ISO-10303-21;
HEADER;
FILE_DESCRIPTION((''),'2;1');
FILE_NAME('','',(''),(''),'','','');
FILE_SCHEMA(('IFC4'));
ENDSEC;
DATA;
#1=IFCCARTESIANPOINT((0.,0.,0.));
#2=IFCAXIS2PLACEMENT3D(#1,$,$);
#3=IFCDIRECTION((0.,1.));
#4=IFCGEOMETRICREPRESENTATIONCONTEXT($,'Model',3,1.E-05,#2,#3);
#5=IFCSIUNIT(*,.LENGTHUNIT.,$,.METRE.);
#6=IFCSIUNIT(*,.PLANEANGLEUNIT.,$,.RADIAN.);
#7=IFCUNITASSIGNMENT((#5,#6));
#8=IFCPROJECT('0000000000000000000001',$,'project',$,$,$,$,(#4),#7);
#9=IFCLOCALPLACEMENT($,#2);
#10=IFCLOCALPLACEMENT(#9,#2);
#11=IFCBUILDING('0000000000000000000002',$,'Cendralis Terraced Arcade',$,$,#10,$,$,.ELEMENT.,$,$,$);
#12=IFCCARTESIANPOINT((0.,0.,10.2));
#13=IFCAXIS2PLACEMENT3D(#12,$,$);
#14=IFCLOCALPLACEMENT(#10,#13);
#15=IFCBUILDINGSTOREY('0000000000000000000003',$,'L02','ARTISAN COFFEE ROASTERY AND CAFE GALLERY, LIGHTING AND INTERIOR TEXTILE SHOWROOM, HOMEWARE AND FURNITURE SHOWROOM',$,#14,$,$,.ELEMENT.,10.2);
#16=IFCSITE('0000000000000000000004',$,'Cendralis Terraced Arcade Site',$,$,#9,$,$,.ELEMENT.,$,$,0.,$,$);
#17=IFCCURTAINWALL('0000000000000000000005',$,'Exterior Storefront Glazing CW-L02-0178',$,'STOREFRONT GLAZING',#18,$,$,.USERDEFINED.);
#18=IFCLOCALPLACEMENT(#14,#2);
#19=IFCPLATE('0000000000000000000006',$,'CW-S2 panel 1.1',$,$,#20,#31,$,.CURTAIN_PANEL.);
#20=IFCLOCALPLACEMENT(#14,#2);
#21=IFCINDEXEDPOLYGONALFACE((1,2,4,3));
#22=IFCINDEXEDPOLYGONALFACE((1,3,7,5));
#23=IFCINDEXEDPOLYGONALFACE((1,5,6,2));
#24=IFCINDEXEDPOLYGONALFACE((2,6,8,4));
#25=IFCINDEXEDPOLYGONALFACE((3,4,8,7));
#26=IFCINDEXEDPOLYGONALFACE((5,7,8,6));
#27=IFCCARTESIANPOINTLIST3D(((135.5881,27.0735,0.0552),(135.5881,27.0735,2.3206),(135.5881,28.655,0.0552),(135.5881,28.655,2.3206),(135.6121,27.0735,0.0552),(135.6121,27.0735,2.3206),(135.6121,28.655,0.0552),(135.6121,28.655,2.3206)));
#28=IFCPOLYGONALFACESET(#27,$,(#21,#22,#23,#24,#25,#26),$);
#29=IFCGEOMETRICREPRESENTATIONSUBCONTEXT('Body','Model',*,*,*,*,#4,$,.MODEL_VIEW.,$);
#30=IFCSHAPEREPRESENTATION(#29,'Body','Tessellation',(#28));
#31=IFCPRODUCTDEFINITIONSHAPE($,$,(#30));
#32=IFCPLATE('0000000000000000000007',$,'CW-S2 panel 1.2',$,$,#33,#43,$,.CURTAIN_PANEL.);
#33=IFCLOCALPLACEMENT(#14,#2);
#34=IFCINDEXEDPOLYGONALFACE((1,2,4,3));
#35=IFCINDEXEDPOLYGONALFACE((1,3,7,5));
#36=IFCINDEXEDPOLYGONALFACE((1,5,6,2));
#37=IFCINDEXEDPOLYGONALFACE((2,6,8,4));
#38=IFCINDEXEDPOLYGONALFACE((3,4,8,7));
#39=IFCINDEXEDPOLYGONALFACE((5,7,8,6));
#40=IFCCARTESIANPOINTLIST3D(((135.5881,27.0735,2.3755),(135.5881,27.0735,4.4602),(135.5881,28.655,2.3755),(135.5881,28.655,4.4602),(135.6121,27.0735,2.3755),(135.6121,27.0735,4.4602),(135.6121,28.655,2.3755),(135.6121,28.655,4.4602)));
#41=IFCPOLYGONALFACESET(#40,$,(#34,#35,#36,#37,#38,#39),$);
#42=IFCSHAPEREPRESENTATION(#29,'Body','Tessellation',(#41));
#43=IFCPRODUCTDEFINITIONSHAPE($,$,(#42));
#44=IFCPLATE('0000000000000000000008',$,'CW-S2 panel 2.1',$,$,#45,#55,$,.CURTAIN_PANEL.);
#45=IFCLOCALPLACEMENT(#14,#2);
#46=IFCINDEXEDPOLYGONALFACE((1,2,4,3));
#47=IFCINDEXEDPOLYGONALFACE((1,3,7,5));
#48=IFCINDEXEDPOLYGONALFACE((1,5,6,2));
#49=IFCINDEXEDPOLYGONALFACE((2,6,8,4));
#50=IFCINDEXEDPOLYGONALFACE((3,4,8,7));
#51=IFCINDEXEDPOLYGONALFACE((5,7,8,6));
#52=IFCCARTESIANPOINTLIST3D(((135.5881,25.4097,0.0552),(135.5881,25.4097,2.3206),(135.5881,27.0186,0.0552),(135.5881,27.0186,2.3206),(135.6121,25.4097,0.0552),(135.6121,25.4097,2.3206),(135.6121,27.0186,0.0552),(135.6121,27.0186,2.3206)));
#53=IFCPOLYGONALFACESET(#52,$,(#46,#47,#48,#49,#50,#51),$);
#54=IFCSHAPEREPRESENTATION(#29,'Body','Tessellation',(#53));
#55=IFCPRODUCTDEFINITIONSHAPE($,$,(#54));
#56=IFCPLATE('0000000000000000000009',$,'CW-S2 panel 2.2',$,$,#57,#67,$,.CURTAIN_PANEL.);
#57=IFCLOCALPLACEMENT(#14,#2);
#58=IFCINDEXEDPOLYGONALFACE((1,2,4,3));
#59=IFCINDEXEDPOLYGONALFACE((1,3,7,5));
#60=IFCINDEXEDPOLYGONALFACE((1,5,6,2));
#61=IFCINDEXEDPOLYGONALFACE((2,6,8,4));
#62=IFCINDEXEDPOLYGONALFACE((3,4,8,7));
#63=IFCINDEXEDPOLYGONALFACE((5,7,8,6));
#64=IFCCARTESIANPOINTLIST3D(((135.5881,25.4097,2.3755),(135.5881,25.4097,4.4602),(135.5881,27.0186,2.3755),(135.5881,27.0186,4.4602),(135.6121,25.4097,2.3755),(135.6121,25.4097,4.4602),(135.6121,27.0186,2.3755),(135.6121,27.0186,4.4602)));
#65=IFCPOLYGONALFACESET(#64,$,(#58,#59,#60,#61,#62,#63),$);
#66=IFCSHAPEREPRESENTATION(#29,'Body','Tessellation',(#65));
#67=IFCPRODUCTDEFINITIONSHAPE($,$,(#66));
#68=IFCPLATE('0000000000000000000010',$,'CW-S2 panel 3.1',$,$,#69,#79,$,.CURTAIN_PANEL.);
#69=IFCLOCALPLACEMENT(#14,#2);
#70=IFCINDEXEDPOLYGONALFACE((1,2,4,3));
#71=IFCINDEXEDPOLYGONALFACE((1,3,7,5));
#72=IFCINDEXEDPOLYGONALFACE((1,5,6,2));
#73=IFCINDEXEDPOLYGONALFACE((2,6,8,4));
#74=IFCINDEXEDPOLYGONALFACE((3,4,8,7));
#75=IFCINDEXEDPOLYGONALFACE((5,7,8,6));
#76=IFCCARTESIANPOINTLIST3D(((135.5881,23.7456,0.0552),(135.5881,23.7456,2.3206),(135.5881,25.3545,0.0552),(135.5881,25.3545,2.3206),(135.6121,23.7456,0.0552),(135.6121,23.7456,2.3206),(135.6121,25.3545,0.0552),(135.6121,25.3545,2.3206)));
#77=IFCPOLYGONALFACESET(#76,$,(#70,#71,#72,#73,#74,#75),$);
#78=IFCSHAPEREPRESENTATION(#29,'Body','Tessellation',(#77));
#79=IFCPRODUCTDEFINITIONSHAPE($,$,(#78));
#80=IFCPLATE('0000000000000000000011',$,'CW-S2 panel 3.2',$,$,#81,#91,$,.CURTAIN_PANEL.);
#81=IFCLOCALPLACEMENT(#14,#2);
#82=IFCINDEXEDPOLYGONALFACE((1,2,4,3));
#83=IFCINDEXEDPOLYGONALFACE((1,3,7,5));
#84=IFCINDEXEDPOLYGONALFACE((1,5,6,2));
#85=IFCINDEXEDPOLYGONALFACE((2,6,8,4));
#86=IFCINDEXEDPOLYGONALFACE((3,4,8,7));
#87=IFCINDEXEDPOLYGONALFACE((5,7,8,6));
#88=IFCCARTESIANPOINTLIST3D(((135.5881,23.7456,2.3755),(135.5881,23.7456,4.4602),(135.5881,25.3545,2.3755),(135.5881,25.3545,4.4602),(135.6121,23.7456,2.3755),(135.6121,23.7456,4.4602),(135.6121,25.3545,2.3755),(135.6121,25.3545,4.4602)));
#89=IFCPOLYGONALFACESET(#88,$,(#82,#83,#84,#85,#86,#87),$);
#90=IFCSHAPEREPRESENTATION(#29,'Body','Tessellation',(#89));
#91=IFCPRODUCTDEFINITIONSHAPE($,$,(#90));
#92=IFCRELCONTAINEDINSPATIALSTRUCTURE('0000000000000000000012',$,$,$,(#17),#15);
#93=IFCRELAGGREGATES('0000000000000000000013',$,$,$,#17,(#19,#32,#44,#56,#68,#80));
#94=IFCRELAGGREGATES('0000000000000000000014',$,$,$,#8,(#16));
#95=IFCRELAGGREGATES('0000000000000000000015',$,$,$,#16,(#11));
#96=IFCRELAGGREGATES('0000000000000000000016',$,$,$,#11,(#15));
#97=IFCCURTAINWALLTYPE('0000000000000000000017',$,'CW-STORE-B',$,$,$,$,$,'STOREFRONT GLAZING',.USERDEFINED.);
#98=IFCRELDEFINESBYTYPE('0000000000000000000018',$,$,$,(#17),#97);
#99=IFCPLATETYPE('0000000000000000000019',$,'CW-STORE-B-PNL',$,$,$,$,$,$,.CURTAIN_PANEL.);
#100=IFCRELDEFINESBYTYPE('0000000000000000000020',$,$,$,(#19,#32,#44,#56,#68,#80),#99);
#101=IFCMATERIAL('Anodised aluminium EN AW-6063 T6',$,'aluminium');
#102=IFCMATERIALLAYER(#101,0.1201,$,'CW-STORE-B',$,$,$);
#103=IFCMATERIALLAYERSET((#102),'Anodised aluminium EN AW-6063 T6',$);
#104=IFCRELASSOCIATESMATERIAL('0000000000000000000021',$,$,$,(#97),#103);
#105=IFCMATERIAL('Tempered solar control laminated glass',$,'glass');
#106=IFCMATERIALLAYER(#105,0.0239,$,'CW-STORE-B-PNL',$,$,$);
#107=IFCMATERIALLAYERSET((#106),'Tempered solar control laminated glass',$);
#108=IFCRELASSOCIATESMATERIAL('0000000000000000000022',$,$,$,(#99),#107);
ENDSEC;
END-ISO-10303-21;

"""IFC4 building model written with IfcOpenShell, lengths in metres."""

from ifc_helpers import new_model, si_unit, direction, frame, origin, origin_2d, place, context, subcontext, project, spatial, rectangle, extrude, material, layer, layer_set, type_object, element, aggregate, save


model = new_model("IFC4")

# Units and contexts
model_context = context("Model", 3, precision=1e-05, world=origin(), true_north=direction((0.0, 1.0)))
body_context = subcontext(model_context, "Body", "Model", "MODEL_VIEW")
ifc_project = project(units=[si_unit("LENGTHUNIT", "METRE"), si_unit("PLANEANGLEUNIT", "RADIAN")], contexts=[model_context])

# Site, building, storey
site_placement = place(None, origin())
site = spatial("IfcSite", under=ifc_project, at=site_placement, Name="Cendralis Terraced Arcade Site", CompositionType="ELEMENT", RefElevation=0.0)
building_placement = place(site_placement, origin())
building = spatial("IfcBuilding", under=site, at=building_placement, Name="Cendralis Terraced Arcade", CompositionType="ELEMENT")
storey_placement = place(building_placement, frame((0.0, 0.0, 10.2)))
storey = spatial("IfcBuildingStorey", under=building, at=storey_placement, Name="L02", Description="ARTISAN COFFEE ROASTERY AND CAFE GALLERY, LIGHTING AND INTERIOR TEXTILE SHOWROOM, HOMEWARE AND FURNITURE SHOWROOM", CompositionType="ELEMENT", Elevation=10.2)

# Curtain wall, plates
ifc_material_1 = material(Name="Anodised aluminium EN AW-6063 T6", Category="aluminium")
ifc_layer_1 = layer(ifc_material_1, 0.1201, Name="CW-STORE-B")
ifc_layer_set_1 = layer_set([ifc_layer_1], Name="Anodised aluminium EN AW-6063 T6")
curtain_wall_type = type_object("IfcCurtainWallType", Name="CW-STORE-B", ElementType="STOREFRONT GLAZING", PredefinedType="USERDEFINED", material=ifc_layer_set_1)
curtain_wall_placement = place(storey_placement, origin())
curtain_wall = element("IfcCurtainWall", 1, at=curtain_wall_placement, inside=storey, type_object=curtain_wall_type, Name="Exterior Storefront Glazing CW-L02-0178", ObjectType="STOREFRONT GLAZING", PredefinedType="USERDEFINED")
ifc_material_2 = material(Name="Tempered solar control laminated glass", Category="glass")
ifc_layer_2 = layer(ifc_material_2, 0.0239, Name="CW-STORE-B-PNL")
ifc_layer_set_2 = layer_set([ifc_layer_2], Name="Tempered solar control laminated glass")
plate_type = type_object("IfcPlateType", Name="CW-STORE-B-PNL", PredefinedType="CURTAIN_PANEL", material=ifc_layer_set_2)
plate_1_placement = place(storey_placement, frame((135.6001, 27.8643, 0.0552), z_axis=(0.0, 0.0, 1.0), x_axis=(0.0, -1.0, 0.0)))
plate_1 = element("IfcPlate", 2, at=plate_1_placement, type_object=plate_type, Name="CW-S2 panel 1.1", PredefinedType="CURTAIN_PANEL", context=body_context, shape_type="SweptSolid", body=[
    extrude(rectangle(XDim=1.5815, YDim=0.0239, at=origin_2d()), origin(), (0.0, 0.0, 1.0), 2.2654),
])
plate_2_placement = place(storey_placement, frame((135.6001, 27.8643, 2.3755), z_axis=(0.0, 0.0, 1.0), x_axis=(0.0, -1.0, 0.0)))
plate_2 = element("IfcPlate", 3, at=plate_2_placement, type_object=plate_type, Name="CW-S2 panel 1.2", PredefinedType="CURTAIN_PANEL", context=body_context, shape_type="SweptSolid", body=[
    extrude(rectangle(XDim=1.5815, YDim=0.0239, at=origin_2d()), origin(), (0.0, 0.0, 1.0), 2.0847),
])
plate_3_placement = place(storey_placement, frame((135.6001, 26.2141, 0.0552), z_axis=(0.0, 0.0, 1.0), x_axis=(0.0, -1.0, 0.0)))
plate_3 = element("IfcPlate", 4, at=plate_3_placement, type_object=plate_type, Name="CW-S2 panel 2.1", PredefinedType="CURTAIN_PANEL", context=body_context, shape_type="SweptSolid", body=[
    extrude(rectangle(XDim=1.6089, YDim=0.0239, at=origin_2d()), origin(), (0.0, 0.0, 1.0), 2.2654),
])
plate_4_placement = place(storey_placement, frame((135.6001, 26.2141, 2.3755), z_axis=(0.0, 0.0, 1.0), x_axis=(0.0, -1.0, 0.0)))
plate_4 = element("IfcPlate", 5, at=plate_4_placement, type_object=plate_type, Name="CW-S2 panel 2.2", PredefinedType="CURTAIN_PANEL", context=body_context, shape_type="SweptSolid", body=[
    extrude(rectangle(XDim=1.6089, YDim=0.0239, at=origin_2d()), origin(), (0.0, 0.0, 1.0), 2.0847),
])
plate_5_placement = place(storey_placement, frame((135.6001, 24.55, 0.0552), z_axis=(0.0, 0.0, 1.0), x_axis=(0.0, -1.0, 0.0)))
plate_5 = element("IfcPlate", 6, at=plate_5_placement, type_object=plate_type, Name="CW-S2 panel 3.1", PredefinedType="CURTAIN_PANEL", context=body_context, shape_type="SweptSolid", body=[
    extrude(rectangle(XDim=1.6089, YDim=0.0239, at=origin_2d()), origin(), (0.0, 0.0, 1.0), 2.2654),
])
plate_6_placement = place(storey_placement, frame((135.6001, 24.55, 2.3755), z_axis=(0.0, 0.0, 1.0), x_axis=(0.0, -1.0, 0.0)))
plate_6 = element("IfcPlate", 7, at=plate_6_placement, type_object=plate_type, Name="CW-S2 panel 3.2", PredefinedType="CURTAIN_PANEL", context=body_context, shape_type="SweptSolid", body=[
    extrude(rectangle(XDim=1.6089, YDim=0.0239, at=origin_2d()), origin(), (0.0, 0.0, 1.0), 2.0847),
])
aggregate(curtain_wall, [plate_1, plate_2, plate_3, plate_4, plate_5, plate_6])

save(model, "model.ifc")
